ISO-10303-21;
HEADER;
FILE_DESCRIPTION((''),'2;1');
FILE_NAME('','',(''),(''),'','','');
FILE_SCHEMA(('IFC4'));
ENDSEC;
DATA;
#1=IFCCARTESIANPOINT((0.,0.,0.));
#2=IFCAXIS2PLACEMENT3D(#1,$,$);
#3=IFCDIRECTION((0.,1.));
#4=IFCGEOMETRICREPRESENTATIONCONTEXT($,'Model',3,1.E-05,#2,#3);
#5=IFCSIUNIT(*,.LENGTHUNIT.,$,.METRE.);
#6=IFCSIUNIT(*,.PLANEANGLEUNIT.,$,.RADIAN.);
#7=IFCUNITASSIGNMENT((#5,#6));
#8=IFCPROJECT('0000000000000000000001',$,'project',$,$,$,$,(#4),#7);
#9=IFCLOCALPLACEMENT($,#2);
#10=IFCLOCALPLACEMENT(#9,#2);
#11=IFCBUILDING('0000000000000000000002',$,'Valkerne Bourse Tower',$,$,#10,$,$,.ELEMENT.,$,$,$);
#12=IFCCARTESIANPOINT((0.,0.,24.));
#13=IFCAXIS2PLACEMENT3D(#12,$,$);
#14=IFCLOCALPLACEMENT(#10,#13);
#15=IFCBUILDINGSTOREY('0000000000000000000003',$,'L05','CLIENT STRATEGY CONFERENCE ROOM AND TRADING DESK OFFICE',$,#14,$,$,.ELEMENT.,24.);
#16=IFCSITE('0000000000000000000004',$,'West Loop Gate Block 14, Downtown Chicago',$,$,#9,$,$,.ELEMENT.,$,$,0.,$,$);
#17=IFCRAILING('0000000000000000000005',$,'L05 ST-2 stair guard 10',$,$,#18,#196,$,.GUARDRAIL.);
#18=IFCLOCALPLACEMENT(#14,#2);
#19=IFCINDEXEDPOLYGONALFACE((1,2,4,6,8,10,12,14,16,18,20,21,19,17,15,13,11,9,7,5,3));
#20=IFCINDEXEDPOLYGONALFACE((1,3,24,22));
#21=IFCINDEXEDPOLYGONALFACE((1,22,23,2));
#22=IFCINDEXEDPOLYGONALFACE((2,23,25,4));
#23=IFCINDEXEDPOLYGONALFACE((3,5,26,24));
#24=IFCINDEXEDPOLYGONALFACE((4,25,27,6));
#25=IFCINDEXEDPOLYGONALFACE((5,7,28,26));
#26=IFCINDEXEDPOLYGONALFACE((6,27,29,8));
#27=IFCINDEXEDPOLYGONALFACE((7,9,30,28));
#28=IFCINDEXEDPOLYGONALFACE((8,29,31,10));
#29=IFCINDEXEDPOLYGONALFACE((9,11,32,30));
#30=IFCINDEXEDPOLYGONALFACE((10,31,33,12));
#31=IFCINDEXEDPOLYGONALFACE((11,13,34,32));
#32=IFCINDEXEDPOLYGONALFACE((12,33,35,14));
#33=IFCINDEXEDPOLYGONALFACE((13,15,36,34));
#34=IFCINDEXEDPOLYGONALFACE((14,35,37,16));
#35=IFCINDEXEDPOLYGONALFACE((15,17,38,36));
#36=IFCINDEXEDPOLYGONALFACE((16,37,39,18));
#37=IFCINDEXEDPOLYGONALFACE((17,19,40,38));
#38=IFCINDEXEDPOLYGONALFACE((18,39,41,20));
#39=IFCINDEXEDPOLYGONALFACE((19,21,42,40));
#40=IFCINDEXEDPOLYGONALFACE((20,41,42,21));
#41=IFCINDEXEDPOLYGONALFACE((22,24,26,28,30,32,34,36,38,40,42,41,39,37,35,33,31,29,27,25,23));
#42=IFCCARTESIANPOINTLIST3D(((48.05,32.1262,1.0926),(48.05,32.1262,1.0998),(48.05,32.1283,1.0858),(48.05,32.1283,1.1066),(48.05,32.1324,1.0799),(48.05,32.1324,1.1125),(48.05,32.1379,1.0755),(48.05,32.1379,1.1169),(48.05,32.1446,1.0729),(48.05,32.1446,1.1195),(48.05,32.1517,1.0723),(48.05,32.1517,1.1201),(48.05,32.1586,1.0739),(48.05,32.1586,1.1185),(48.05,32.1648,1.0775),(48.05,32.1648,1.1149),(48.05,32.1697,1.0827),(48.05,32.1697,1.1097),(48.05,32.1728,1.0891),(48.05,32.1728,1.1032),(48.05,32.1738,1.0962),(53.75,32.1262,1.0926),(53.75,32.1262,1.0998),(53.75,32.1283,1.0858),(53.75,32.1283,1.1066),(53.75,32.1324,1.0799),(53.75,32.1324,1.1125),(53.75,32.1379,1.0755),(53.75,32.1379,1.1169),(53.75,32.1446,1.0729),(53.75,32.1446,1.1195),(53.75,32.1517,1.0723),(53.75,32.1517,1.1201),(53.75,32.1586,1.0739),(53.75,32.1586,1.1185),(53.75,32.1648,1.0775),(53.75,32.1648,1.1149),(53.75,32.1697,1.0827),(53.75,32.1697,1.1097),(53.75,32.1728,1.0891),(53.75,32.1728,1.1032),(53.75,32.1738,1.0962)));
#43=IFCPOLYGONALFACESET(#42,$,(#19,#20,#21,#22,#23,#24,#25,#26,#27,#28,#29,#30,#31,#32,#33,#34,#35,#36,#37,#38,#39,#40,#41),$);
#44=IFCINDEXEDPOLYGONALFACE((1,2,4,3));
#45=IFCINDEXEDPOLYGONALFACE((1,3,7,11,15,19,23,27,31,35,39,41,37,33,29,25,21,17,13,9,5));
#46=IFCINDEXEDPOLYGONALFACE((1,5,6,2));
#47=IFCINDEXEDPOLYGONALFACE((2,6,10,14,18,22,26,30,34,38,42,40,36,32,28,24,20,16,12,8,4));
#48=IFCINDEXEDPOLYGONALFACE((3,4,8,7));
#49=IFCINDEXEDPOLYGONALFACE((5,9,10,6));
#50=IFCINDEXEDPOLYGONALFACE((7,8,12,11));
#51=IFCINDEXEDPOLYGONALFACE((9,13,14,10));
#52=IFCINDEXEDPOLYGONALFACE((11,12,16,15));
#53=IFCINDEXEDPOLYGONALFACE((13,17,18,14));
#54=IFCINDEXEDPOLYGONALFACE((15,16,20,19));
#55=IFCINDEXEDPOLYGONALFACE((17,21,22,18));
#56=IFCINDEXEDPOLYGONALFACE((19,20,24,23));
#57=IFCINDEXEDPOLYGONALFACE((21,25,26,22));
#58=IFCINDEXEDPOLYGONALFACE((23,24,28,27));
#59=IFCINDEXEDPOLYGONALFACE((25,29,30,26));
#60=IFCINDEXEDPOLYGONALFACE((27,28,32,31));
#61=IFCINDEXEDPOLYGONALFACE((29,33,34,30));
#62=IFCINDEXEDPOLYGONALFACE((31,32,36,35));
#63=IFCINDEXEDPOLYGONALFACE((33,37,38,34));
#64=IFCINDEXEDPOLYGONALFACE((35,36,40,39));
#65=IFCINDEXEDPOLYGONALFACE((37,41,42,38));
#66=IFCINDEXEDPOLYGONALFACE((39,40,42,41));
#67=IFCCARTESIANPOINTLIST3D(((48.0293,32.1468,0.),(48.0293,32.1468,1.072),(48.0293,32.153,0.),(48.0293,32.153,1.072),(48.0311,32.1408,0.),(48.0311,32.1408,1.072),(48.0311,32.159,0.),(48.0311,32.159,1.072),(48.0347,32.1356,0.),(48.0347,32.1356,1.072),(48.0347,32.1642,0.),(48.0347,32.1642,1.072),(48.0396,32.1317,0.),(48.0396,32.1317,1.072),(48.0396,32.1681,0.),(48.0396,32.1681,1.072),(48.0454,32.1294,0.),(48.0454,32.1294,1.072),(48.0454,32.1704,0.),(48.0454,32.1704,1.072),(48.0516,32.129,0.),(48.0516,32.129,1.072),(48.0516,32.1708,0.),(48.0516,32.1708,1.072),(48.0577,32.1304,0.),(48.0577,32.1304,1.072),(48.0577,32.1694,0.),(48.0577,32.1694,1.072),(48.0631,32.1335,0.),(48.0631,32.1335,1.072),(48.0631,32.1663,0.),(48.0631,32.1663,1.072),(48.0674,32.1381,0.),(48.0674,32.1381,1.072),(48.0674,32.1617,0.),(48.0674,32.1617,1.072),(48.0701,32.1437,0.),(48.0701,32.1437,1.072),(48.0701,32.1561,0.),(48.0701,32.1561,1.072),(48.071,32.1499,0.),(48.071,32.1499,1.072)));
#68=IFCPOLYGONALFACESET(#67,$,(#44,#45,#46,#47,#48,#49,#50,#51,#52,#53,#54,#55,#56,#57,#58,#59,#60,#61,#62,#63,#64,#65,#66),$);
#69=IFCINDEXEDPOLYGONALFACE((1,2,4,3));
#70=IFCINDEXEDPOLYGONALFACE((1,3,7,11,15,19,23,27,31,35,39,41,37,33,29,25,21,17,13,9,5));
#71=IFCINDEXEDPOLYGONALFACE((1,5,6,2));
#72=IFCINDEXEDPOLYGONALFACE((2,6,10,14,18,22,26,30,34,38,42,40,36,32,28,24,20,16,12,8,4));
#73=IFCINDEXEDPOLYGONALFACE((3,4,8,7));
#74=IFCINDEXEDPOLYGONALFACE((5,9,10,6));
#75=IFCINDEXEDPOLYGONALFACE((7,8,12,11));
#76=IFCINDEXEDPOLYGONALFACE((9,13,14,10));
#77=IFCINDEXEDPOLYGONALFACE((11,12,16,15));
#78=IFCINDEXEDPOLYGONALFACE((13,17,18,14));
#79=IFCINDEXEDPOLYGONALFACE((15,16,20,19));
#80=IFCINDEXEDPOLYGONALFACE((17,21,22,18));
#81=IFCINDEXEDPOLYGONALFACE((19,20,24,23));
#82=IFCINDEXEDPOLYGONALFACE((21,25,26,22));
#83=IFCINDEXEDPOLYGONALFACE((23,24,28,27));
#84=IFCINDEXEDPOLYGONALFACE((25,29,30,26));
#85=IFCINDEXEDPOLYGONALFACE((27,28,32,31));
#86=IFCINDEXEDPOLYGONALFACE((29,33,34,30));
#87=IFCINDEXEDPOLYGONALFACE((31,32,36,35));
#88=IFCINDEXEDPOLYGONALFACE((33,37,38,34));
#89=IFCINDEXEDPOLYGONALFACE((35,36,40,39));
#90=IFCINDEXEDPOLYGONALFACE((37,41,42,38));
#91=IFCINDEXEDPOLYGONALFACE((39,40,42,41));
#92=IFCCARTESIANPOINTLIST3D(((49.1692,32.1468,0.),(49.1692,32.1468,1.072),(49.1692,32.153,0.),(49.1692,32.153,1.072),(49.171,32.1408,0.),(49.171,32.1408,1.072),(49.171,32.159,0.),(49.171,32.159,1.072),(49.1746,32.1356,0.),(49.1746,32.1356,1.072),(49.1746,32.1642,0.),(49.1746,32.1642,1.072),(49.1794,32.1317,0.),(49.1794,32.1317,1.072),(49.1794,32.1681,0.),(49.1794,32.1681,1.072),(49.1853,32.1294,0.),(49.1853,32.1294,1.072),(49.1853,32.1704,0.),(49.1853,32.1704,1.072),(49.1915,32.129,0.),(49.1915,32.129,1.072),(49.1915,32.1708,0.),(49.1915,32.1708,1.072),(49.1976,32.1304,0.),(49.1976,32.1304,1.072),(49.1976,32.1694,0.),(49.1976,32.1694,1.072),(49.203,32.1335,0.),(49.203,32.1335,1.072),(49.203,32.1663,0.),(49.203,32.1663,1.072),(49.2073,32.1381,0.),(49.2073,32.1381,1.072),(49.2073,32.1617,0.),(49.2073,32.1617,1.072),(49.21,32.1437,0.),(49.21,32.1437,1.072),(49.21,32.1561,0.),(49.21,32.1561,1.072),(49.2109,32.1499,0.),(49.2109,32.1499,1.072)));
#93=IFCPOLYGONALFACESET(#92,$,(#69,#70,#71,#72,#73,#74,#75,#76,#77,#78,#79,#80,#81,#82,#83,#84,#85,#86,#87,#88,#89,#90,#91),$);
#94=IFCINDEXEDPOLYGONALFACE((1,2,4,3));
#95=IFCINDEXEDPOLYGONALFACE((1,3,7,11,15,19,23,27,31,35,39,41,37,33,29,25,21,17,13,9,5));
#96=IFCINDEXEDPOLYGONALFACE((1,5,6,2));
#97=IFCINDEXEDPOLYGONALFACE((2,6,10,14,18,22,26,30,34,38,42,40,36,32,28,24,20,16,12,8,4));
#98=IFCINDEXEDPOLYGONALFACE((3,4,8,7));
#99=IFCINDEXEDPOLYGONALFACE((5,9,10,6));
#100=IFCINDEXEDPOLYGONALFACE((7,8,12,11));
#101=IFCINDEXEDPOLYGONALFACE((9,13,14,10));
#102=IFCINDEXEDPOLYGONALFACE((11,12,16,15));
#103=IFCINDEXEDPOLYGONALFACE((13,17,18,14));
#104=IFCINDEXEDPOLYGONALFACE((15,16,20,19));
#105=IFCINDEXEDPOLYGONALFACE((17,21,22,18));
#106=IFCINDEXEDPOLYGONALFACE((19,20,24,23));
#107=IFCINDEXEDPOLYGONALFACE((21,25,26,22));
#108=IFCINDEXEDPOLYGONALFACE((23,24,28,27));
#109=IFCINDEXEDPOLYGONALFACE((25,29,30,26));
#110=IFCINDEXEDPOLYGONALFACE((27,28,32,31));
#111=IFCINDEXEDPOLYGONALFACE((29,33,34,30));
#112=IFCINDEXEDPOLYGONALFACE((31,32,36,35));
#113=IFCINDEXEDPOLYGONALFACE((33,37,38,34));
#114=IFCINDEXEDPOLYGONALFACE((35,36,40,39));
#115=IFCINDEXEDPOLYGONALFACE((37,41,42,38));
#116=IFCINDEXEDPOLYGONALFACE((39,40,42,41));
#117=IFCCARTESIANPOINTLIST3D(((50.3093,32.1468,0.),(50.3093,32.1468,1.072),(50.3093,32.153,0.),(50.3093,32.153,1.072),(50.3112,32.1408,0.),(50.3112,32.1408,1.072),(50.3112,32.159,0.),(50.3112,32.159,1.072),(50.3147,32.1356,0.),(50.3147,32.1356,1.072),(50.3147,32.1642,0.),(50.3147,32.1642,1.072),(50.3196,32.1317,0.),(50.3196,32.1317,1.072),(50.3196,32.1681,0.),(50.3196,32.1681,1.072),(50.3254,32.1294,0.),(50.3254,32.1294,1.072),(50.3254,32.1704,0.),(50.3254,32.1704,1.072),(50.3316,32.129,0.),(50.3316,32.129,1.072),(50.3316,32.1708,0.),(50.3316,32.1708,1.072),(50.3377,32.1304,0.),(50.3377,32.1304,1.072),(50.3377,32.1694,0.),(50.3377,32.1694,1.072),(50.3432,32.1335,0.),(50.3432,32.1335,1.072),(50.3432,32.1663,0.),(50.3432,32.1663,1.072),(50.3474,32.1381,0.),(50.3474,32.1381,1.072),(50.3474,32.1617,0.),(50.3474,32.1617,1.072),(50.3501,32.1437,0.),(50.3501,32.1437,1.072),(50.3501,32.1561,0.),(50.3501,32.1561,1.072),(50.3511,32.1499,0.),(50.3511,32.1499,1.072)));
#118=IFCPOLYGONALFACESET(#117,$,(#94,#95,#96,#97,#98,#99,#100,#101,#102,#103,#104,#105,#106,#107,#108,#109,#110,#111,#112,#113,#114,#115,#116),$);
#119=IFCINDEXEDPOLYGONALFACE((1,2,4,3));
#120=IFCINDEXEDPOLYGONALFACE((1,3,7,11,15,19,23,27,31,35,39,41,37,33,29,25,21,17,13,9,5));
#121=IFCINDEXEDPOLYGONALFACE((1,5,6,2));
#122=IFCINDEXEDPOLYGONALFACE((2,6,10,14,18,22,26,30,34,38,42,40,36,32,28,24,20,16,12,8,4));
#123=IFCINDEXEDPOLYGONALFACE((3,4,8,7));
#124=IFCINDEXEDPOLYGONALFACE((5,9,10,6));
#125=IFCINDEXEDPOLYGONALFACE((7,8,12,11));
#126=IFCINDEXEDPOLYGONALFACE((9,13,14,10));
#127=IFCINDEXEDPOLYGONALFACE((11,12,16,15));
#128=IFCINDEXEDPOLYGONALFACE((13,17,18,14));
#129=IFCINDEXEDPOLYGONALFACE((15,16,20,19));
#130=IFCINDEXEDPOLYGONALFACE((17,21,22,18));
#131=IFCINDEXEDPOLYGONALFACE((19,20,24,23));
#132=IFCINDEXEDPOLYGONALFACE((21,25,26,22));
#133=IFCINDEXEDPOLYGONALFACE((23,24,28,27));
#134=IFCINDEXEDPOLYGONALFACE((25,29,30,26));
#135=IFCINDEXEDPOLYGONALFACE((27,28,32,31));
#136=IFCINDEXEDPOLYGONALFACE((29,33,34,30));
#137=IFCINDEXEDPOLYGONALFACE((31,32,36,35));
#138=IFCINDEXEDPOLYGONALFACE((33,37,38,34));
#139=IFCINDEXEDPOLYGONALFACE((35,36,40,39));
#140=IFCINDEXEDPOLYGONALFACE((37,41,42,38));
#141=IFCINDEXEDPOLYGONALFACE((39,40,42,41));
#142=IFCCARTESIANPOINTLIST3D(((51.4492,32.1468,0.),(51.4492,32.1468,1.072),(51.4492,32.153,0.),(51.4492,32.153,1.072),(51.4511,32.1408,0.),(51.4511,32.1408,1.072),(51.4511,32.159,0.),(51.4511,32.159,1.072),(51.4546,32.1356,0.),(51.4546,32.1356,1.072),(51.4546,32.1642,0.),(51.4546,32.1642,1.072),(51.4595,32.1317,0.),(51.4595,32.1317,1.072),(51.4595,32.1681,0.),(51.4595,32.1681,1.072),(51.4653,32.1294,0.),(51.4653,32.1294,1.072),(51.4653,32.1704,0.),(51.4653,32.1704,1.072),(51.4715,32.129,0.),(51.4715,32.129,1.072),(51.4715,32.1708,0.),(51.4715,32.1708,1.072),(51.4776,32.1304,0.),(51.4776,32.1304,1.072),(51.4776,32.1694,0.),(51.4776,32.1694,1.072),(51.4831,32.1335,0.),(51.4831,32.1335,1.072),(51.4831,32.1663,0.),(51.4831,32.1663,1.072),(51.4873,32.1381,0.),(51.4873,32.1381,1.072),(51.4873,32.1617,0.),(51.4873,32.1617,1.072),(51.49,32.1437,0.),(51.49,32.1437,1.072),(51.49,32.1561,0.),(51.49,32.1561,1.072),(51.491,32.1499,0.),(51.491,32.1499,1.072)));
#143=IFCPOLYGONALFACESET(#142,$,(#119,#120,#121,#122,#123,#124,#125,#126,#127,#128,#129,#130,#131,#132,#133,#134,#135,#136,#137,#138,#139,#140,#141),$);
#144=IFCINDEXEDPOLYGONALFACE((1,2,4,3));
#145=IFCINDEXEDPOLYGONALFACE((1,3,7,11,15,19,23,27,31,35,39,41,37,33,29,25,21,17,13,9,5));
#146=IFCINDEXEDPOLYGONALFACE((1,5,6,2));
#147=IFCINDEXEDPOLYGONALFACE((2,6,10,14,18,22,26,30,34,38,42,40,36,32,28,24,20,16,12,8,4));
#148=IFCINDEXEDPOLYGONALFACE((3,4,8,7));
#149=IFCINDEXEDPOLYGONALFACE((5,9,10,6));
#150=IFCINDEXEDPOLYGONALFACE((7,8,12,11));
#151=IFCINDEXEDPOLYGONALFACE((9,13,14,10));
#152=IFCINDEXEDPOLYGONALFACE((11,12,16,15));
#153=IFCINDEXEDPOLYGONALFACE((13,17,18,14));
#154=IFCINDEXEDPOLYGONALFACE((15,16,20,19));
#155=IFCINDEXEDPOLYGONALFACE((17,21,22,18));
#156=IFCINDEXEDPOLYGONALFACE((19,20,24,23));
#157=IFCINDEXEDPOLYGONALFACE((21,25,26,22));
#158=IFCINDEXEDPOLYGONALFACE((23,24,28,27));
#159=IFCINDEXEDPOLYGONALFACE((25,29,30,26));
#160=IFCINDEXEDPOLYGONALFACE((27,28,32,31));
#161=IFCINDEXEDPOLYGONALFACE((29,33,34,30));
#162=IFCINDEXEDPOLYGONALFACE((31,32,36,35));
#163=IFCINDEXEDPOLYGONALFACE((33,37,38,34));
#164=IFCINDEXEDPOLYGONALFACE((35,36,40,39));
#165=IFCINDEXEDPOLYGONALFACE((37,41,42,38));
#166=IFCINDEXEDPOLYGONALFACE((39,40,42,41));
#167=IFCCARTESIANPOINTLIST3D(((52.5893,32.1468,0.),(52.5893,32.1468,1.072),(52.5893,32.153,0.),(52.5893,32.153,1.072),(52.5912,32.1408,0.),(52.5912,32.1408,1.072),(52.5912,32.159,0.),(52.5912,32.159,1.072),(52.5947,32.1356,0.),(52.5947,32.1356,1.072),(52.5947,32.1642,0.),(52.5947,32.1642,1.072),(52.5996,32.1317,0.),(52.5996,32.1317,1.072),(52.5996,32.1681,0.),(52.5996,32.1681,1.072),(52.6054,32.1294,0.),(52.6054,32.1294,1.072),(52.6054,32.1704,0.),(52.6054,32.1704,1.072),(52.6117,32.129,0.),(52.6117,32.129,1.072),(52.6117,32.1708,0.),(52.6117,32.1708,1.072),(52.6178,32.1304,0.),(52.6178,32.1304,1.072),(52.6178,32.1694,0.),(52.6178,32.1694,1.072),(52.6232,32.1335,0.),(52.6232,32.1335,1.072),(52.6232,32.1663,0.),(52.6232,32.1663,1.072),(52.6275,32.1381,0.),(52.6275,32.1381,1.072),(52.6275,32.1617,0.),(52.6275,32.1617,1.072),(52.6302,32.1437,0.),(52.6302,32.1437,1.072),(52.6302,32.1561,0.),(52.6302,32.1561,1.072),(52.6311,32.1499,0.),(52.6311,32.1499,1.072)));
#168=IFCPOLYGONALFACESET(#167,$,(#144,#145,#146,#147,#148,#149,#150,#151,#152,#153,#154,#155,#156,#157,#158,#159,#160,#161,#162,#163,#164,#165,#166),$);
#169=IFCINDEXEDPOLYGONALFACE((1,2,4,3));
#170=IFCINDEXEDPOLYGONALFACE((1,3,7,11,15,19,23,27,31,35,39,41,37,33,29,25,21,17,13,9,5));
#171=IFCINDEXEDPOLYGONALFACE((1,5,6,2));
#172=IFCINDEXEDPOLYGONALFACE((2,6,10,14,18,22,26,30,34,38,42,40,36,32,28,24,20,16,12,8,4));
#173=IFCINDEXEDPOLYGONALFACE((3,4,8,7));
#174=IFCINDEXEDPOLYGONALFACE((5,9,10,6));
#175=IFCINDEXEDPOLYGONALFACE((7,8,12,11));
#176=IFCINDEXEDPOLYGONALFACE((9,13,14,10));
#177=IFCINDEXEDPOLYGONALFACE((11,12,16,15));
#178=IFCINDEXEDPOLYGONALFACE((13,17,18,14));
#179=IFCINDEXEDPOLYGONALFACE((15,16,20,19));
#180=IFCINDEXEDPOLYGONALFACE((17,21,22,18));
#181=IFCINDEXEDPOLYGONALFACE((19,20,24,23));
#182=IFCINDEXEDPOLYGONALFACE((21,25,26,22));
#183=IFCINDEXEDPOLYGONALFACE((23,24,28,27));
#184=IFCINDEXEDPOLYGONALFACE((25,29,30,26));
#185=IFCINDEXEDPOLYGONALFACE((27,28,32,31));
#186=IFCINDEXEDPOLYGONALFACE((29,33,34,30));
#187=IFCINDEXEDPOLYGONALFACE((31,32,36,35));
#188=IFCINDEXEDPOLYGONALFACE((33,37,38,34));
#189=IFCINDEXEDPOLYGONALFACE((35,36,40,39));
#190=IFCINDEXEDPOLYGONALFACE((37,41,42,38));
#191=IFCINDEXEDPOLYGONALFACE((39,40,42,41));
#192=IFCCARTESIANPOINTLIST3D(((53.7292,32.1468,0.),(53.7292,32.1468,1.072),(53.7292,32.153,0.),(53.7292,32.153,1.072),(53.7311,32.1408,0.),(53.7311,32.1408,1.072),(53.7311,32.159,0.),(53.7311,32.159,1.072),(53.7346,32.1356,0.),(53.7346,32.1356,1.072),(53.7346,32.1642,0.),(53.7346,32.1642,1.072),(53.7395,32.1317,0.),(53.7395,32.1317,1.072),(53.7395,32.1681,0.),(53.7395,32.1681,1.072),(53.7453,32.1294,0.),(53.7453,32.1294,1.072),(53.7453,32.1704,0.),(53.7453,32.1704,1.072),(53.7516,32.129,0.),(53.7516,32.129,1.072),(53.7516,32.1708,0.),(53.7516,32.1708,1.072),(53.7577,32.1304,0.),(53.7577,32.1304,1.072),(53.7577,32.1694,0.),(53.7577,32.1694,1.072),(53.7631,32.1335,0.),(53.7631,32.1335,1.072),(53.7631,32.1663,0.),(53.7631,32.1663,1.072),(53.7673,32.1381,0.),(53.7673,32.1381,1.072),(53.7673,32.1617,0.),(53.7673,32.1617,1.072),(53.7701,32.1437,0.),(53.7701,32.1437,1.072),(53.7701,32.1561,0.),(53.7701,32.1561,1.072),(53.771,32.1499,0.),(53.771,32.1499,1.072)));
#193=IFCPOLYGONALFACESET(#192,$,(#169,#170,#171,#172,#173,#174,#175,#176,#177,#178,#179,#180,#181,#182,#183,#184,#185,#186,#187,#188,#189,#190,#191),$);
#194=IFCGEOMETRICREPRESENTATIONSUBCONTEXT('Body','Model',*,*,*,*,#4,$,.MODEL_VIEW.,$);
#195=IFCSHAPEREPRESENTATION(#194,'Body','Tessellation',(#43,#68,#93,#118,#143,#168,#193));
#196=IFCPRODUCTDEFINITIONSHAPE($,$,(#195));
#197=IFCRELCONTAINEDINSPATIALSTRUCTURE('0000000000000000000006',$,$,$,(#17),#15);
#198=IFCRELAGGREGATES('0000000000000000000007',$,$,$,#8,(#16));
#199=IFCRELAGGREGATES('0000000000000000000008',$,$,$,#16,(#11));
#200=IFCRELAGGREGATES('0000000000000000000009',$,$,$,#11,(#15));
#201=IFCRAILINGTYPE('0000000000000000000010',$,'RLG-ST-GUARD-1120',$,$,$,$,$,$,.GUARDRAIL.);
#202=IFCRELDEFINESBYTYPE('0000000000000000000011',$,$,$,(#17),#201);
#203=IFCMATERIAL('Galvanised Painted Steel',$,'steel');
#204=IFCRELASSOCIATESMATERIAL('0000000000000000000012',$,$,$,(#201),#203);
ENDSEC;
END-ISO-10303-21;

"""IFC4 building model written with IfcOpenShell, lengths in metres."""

from ifc_helpers import new_model, si_unit, direction, frame, origin, origin_2d, place, context, subcontext, project, spatial, circle, extrude, material, type_object, element, save


model = new_model("IFC4")

# Units and contexts
model_context = context("Model", 3, precision=1e-05, world=origin(), true_north=direction((0.0, 1.0)))
body_context = subcontext(model_context, "Body", "Model", "MODEL_VIEW")
ifc_project = project(units=[si_unit("LENGTHUNIT", "METRE"), si_unit("PLANEANGLEUNIT", "RADIAN")], contexts=[model_context])

# Site, building, storey
site_placement = place(None, origin())
site = spatial("IfcSite", under=ifc_project, at=site_placement, Name="West Loop Gate Block 14, Downtown Chicago", CompositionType="ELEMENT", RefElevation=0.0)
building_placement = place(site_placement, origin())
building = spatial("IfcBuilding", under=site, at=building_placement, Name="Valkerne Bourse Tower", CompositionType="ELEMENT")
storey_placement = place(building_placement, frame((0.0, 0.0, 24.0)))
storey = spatial("IfcBuildingStorey", under=building, at=storey_placement, Name="L05", Description="CLIENT STRATEGY CONFERENCE ROOM AND TRADING DESK OFFICE", CompositionType="ELEMENT", Elevation=24.0)

# Shared definitions
ifc_material_1 = material(Name="Galvanised Painted Steel", Category="steel")

# Railing
railing_type_1 = type_object("IfcRailingType", Name="RLG-ST-GUARD-1120", PredefinedType="GUARDRAIL", material=ifc_material_1)
for number, where, name in (
    (1, (48.05, 32.1499, 0.0), "L05 ST-2 stair guard 10"),
):
    element("IfcRailing", number, at=place(storey_placement, frame(where)), inside=storey, type_object=railing_type_1, Name=name, PredefinedType="GUARDRAIL", context=body_context, shape_type="SweptSolid", body=[
        extrude(circle(Radius=0.0239, at=origin_2d()), frame((0.0, 0.0, 1.0962), z_axis=(1.0, 0.0, 0.0), x_axis=(0.0, 1.0, 0.0)), (0.0, 0.0, 1.0), 5.7),
        extrude(circle(Radius=0.021, at=origin_2d()), origin(), (0.0, 0.0, 1.0), 1.072),
        extrude(circle(Radius=0.021, at=origin_2d()), frame((1.1399, 0.0, 0.0)), (0.0, 0.0, 1.0), 1.072),
        extrude(circle(Radius=0.021, at=origin_2d()), frame((2.28, 0.0, 0.0)), (0.0, 0.0, 1.0), 1.072),
        extrude(circle(Radius=0.021, at=origin_2d()), frame((3.4199, 0.0, 0.0)), (0.0, 0.0, 1.0), 1.072),
        extrude(circle(Radius=0.021, at=origin_2d()), frame((4.5601, 0.0, 0.0)), (0.0, 0.0, 1.0), 1.072),
        extrude(circle(Radius=0.021, at=origin_2d()), frame((5.7, 0.0, 0.0)), (0.0, 0.0, 1.0), 1.072),
    ])

save(model, "model.ifc")
